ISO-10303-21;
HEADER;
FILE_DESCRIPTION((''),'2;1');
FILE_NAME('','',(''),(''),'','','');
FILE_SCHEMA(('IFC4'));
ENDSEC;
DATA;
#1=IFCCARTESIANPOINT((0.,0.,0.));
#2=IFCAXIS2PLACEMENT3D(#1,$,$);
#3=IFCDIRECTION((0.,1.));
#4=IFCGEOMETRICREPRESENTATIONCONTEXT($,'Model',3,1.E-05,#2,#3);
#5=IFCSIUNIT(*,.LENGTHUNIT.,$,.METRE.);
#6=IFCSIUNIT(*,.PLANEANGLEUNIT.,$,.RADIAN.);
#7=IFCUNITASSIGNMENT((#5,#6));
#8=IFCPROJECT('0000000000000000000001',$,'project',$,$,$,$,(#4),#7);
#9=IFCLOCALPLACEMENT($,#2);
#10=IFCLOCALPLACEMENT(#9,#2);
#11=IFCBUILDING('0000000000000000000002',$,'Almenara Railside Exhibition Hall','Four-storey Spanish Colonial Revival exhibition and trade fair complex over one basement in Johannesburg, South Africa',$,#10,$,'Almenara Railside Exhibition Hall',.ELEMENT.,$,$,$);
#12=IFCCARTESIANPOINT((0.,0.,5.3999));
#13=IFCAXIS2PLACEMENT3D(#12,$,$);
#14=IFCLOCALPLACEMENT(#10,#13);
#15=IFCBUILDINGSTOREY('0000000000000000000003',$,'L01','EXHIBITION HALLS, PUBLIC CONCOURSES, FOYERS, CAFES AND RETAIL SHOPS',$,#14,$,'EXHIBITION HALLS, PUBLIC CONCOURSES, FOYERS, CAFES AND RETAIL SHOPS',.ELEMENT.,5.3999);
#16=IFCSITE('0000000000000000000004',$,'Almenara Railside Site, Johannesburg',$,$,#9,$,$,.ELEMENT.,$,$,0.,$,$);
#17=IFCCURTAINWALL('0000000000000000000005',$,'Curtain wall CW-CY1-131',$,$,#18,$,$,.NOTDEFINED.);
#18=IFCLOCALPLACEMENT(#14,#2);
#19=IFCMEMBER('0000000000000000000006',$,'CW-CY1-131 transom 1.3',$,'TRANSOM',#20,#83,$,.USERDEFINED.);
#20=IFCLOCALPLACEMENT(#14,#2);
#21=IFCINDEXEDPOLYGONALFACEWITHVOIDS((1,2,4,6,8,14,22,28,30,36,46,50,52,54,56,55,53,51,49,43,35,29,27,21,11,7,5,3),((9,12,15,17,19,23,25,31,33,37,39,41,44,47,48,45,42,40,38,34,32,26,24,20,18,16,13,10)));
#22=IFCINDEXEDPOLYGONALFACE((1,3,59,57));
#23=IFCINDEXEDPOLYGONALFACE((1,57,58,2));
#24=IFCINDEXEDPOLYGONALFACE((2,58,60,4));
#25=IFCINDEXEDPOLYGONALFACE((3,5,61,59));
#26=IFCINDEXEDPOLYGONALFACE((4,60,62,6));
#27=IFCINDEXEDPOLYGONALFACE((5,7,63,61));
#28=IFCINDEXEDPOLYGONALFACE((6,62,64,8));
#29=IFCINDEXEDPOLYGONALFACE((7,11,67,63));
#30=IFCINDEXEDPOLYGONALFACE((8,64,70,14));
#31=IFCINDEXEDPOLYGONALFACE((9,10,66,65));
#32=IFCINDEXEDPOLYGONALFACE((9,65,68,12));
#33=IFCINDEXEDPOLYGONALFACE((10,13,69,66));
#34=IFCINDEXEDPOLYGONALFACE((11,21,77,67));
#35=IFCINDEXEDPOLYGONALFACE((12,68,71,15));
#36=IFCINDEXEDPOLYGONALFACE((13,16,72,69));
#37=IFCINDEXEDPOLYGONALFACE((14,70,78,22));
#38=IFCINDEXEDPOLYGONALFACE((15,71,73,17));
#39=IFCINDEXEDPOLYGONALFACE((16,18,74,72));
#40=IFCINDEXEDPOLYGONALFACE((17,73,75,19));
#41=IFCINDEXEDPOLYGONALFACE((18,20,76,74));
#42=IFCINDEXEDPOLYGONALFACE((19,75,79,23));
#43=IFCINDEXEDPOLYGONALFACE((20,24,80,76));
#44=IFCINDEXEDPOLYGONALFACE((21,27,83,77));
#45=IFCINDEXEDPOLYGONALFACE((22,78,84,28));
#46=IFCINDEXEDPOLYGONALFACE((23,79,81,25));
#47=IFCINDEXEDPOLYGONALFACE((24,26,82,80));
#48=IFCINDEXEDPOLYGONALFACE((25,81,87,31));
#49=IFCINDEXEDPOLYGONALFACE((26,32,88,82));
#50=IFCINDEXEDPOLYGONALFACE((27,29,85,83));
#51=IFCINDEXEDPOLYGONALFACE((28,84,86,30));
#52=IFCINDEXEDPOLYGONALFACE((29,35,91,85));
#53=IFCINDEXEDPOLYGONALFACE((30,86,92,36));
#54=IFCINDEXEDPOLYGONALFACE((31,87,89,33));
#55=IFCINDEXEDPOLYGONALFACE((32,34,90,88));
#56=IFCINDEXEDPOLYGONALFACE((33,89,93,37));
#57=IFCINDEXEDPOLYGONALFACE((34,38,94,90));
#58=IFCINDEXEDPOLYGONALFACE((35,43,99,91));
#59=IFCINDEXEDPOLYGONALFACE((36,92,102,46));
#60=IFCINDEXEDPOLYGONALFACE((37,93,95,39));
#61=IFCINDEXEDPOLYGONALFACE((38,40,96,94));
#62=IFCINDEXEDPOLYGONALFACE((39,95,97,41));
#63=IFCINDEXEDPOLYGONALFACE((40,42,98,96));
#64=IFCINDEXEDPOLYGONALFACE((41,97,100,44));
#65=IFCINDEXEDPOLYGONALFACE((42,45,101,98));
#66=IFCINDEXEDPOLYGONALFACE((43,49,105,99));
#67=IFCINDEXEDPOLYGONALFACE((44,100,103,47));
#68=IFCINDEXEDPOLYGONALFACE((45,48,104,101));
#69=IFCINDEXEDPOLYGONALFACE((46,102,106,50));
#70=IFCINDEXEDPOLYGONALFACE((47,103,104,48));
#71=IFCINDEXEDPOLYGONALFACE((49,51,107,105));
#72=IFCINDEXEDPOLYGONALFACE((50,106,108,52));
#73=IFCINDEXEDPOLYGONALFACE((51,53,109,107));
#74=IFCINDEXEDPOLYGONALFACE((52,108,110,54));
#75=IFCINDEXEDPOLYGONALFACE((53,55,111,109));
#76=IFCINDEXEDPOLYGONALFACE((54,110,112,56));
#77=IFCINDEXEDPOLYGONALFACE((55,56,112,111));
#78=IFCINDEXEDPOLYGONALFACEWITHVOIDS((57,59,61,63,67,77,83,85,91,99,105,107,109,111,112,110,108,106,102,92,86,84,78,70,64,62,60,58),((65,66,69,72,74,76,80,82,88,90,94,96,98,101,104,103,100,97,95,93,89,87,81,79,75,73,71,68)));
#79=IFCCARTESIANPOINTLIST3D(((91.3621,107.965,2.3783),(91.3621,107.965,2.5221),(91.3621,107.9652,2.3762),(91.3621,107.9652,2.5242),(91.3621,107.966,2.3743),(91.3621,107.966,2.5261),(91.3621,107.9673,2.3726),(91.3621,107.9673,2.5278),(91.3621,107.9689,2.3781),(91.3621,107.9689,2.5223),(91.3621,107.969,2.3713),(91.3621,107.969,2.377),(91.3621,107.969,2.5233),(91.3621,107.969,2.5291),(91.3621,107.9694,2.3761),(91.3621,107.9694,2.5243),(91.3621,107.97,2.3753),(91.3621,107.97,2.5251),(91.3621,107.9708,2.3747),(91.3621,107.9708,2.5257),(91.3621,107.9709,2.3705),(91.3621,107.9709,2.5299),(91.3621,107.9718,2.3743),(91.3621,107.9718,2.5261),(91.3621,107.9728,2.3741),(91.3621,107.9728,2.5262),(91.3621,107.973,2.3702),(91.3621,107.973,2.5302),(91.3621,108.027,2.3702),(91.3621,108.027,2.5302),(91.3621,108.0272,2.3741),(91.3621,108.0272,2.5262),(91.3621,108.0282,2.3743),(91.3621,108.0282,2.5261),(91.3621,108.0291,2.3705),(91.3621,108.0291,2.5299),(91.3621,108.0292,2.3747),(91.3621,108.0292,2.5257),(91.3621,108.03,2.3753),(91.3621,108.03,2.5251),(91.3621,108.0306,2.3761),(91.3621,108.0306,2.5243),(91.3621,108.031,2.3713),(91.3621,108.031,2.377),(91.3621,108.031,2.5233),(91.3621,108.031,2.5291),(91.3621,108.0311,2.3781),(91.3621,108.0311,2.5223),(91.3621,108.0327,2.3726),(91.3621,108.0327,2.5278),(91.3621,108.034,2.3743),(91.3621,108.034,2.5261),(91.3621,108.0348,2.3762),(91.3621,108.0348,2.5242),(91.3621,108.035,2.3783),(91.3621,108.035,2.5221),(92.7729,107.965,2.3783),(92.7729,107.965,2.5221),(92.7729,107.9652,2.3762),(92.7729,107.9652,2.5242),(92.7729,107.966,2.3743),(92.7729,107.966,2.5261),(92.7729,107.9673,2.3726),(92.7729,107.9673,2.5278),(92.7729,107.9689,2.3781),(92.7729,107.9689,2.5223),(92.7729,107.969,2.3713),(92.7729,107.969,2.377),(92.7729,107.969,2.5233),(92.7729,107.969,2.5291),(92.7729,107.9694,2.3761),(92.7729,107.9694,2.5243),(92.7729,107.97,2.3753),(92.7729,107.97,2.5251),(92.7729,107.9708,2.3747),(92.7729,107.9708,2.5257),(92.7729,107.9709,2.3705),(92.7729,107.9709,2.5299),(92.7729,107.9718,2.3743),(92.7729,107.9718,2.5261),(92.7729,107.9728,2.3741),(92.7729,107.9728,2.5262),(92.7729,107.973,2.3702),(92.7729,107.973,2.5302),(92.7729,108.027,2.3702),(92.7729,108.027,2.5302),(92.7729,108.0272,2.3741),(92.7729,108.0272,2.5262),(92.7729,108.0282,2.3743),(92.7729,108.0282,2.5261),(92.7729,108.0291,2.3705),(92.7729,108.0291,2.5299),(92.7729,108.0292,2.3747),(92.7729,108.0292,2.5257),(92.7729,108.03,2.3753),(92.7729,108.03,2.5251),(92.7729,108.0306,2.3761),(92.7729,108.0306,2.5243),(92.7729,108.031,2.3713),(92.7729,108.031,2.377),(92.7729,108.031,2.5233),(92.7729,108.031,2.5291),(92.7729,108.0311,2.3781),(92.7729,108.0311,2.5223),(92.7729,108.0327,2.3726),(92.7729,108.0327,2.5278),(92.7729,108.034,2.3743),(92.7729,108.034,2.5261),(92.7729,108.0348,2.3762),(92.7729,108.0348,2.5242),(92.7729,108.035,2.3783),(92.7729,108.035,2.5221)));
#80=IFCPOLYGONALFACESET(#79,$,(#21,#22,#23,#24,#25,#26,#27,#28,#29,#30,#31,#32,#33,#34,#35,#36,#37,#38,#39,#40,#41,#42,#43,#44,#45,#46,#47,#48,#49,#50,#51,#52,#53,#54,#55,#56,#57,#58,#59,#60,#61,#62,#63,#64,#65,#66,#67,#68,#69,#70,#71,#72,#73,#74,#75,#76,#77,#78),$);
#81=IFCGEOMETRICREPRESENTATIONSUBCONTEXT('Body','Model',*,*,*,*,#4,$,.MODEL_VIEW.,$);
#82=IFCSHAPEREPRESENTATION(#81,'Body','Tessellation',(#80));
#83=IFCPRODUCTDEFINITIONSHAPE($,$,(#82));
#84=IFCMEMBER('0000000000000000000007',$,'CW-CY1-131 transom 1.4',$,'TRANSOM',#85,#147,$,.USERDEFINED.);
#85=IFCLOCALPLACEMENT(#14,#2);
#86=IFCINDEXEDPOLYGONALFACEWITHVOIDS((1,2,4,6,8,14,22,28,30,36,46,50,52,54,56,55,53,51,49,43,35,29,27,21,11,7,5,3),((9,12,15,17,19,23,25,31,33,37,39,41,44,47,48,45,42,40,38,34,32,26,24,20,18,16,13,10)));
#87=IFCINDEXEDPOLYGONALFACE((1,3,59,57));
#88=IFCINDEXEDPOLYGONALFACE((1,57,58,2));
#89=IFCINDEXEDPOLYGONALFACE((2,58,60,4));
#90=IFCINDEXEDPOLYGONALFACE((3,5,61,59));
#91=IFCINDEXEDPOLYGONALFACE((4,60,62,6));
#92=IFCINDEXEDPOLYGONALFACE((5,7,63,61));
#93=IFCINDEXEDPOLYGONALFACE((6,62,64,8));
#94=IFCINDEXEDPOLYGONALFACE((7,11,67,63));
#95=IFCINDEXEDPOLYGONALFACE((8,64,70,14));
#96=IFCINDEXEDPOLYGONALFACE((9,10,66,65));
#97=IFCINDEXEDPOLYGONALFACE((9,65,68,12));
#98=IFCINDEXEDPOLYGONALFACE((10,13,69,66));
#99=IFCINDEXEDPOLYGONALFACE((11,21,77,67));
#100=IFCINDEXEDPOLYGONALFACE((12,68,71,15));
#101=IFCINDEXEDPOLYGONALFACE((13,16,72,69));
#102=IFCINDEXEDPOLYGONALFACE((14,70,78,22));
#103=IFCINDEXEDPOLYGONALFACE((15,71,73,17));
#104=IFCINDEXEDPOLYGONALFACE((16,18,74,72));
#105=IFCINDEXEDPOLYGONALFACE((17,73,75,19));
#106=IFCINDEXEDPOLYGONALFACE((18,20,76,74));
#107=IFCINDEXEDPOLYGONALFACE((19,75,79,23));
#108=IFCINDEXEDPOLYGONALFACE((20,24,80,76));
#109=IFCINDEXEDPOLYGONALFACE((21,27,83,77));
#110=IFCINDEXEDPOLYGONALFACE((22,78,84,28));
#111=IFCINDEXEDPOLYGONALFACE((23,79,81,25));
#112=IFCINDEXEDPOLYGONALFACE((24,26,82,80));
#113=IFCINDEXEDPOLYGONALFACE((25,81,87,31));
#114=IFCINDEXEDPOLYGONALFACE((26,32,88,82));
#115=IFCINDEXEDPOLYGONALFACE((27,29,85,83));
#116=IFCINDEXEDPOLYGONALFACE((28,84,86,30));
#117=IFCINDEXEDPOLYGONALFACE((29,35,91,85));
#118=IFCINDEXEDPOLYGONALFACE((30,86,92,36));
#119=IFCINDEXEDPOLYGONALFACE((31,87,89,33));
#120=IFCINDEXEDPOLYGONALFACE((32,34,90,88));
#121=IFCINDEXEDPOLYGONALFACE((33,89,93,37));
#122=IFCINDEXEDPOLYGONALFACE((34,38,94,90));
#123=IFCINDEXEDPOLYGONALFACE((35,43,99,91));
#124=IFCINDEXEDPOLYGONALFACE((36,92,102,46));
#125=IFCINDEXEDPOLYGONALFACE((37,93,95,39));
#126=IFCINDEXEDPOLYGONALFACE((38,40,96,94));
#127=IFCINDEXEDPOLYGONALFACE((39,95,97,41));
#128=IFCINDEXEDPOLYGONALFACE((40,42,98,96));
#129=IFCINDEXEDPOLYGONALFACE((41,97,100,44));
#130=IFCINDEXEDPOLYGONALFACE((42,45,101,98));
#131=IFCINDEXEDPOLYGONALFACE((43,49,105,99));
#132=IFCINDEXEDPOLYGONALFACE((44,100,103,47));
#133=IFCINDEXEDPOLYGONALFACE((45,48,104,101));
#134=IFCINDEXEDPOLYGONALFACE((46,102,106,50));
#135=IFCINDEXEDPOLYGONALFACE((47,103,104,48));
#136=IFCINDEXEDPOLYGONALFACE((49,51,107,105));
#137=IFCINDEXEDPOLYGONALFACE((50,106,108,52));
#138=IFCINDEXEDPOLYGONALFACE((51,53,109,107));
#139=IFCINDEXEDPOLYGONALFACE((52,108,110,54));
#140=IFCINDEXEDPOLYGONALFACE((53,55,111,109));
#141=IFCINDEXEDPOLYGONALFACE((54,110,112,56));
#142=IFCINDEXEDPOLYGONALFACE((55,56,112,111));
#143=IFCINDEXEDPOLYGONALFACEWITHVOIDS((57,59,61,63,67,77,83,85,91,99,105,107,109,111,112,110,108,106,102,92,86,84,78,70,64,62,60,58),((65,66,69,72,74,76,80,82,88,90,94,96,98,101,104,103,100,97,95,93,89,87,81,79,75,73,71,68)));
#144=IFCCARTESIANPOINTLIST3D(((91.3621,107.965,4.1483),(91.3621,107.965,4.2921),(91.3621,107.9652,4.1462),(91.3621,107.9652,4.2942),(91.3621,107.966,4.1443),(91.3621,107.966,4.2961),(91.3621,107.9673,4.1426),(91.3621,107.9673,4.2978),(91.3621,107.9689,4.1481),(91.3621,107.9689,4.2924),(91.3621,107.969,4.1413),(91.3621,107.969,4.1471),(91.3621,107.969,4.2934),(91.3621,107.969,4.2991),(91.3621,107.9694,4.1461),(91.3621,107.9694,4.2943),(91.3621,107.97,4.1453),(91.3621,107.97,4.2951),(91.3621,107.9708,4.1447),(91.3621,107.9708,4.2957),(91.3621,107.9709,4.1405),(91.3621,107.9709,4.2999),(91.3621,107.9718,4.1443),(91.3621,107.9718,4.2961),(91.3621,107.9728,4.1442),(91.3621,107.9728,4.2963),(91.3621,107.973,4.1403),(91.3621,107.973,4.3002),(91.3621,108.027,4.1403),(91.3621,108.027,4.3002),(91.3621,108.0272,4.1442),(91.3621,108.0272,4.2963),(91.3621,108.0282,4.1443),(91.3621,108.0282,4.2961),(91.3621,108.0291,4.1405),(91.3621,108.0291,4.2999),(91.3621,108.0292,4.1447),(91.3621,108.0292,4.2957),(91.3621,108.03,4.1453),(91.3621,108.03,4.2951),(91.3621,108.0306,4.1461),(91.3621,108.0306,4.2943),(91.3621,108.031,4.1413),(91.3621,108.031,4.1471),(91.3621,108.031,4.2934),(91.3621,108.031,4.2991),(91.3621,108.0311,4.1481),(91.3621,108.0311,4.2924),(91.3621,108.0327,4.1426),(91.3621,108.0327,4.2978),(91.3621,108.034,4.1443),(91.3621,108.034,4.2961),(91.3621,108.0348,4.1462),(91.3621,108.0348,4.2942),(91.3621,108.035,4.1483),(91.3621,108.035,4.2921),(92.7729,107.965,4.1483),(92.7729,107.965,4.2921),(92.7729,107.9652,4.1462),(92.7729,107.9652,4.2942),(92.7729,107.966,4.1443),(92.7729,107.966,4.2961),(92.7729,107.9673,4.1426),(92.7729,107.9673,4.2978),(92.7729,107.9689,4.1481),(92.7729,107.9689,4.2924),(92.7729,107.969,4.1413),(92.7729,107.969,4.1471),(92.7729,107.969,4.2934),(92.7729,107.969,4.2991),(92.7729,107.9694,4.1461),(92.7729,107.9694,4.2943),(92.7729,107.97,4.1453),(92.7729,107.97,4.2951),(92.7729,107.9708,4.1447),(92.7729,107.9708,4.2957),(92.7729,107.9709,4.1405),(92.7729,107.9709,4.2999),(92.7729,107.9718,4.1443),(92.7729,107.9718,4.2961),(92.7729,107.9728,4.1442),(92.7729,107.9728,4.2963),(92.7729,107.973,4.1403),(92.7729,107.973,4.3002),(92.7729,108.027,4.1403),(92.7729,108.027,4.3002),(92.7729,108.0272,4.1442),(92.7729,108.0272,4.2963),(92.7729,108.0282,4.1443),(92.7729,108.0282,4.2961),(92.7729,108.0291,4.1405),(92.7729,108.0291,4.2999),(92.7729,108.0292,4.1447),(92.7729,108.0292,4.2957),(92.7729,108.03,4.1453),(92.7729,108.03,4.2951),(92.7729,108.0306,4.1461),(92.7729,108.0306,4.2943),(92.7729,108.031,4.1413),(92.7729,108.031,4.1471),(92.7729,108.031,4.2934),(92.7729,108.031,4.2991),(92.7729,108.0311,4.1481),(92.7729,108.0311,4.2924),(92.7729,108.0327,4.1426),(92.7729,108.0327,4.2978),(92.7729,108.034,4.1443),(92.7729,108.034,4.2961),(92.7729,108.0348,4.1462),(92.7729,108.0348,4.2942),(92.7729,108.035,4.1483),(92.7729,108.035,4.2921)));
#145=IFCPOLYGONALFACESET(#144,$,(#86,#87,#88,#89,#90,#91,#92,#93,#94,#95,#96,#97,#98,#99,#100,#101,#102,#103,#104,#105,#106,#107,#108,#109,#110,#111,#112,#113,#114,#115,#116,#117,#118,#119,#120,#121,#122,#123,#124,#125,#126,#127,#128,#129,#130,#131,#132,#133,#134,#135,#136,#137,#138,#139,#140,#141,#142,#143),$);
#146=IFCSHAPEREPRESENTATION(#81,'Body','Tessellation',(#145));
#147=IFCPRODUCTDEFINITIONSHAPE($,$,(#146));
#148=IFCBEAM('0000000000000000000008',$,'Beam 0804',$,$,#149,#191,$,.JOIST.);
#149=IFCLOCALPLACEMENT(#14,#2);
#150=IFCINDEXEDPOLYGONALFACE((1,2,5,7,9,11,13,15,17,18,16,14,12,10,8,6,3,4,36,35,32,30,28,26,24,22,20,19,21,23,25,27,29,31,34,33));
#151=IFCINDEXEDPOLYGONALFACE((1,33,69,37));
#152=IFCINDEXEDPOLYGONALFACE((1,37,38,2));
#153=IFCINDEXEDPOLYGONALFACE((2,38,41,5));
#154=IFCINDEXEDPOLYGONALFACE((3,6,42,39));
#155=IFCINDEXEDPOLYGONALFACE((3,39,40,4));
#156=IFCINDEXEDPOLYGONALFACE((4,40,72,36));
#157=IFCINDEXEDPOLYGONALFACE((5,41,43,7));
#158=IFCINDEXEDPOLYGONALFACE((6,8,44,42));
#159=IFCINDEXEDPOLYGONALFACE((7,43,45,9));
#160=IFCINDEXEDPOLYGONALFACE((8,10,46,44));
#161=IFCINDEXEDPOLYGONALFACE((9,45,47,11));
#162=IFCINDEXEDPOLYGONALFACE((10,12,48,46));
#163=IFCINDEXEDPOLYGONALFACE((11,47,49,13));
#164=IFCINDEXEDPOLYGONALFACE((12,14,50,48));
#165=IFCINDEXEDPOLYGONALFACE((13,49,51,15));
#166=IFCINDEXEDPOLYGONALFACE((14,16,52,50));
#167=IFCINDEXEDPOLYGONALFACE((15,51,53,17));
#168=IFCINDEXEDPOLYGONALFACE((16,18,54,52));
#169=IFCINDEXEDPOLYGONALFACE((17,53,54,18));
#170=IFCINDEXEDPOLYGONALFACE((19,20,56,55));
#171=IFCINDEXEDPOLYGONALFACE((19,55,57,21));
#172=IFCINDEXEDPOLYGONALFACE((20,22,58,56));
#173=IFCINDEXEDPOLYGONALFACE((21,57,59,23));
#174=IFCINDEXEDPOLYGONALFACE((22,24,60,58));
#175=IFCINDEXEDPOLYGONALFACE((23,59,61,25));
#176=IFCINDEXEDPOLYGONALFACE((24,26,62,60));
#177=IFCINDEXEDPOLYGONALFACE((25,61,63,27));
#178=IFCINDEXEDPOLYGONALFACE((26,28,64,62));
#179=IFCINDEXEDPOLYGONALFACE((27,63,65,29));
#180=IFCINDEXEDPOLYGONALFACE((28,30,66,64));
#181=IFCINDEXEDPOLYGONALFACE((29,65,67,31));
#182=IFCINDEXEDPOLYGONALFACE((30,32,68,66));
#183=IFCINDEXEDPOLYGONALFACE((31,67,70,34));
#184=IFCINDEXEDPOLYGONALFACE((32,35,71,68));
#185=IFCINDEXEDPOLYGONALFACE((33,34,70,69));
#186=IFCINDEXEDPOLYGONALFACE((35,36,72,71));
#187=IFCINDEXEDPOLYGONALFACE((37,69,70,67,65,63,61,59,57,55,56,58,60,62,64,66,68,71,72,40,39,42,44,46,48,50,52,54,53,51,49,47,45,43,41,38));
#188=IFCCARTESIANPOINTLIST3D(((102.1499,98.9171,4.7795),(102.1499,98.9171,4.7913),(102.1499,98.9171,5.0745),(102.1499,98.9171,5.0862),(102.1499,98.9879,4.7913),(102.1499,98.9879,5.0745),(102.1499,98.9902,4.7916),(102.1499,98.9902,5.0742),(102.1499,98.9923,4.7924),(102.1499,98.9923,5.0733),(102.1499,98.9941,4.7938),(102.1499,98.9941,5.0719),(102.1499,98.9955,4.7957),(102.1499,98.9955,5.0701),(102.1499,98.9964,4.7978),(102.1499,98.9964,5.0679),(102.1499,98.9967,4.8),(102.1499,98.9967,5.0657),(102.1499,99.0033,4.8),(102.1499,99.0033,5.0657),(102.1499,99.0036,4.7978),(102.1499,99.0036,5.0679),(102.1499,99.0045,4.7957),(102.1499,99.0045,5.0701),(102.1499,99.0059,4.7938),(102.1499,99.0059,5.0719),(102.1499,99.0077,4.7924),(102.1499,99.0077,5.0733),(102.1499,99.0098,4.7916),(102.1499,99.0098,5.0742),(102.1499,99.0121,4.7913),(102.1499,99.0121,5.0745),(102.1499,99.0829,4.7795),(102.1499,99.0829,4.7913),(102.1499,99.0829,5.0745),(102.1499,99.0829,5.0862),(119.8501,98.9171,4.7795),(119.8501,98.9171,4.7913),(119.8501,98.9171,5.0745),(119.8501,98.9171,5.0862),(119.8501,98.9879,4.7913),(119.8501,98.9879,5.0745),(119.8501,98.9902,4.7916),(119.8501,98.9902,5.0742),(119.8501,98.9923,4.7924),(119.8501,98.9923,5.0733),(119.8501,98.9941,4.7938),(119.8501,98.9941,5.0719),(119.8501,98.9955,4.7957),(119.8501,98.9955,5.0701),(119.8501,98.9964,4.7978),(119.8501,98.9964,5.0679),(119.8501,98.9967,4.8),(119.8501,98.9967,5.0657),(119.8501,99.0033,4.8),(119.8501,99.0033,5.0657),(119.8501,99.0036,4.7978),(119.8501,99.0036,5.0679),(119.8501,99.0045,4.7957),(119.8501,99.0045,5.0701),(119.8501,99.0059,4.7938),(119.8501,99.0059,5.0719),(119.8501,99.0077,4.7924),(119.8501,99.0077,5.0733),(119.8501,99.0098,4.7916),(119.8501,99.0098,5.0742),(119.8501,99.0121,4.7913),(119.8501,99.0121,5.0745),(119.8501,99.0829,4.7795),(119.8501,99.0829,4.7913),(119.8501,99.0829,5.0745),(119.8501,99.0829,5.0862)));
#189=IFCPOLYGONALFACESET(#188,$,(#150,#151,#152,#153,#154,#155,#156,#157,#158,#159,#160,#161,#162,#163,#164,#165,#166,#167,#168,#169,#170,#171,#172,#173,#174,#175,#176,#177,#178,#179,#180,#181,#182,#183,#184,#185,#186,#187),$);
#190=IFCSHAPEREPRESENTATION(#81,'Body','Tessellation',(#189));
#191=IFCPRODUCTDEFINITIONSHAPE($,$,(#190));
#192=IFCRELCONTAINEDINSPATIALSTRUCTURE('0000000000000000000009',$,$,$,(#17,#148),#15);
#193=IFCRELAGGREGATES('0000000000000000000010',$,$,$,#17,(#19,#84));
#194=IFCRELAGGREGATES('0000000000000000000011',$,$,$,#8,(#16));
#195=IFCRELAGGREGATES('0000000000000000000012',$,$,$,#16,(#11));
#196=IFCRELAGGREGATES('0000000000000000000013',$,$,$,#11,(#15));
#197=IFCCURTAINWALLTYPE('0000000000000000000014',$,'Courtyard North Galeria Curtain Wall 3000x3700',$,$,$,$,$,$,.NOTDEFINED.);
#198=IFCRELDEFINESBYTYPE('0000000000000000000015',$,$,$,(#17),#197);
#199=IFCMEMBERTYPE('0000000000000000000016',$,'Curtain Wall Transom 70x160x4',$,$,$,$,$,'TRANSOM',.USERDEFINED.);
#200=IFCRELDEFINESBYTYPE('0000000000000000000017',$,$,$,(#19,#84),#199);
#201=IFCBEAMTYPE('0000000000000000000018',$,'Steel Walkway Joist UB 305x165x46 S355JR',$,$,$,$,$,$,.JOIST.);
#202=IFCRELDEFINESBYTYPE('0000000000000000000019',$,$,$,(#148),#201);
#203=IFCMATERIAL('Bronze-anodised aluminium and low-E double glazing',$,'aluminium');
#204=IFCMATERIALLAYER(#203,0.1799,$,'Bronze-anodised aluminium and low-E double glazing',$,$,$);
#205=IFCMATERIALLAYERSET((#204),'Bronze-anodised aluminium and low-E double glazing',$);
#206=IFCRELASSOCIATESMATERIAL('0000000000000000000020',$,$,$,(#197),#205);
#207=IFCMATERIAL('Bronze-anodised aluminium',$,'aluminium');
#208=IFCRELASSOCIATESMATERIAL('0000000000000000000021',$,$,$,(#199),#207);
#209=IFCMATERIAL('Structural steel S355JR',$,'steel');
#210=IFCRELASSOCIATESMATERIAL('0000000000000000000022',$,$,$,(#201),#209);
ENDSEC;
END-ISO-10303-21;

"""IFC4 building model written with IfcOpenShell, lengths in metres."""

from ifc_helpers import new_model, si_unit, direction, frame, origin, origin_2d, place, context, subcontext, project, spatial, hollow_rectangle, i_section, extrude, material, layer, layer_set, material_profile, profile_set, type_object, element, aggregate, save


model = new_model("IFC4")

# Units and contexts
model_context = context("Model", 3, precision=1e-05, world=origin(), true_north=direction((0.0, 1.0)))
body_context = subcontext(model_context, "Body", "Model", "MODEL_VIEW")
ifc_project = project(units=[si_unit("LENGTHUNIT", "METRE"), si_unit("PLANEANGLEUNIT", "RADIAN")], contexts=[model_context])

# Site, building, storey
site_placement = place(None, origin())
site = spatial("IfcSite", under=ifc_project, at=site_placement, Name="Almenara Railside Site, Johannesburg", CompositionType="ELEMENT", RefElevation=0.0)
building_placement = place(site_placement, origin())
building = spatial("IfcBuilding", under=site, at=building_placement, Name="Almenara Railside Exhibition Hall", Description="Four-storey Spanish Colonial Revival exhibition and trade fair complex over one basement in Johannesburg, South Africa", LongName="Almenara Railside Exhibition Hall", CompositionType="ELEMENT")
storey_placement = place(building_placement, frame((0.0, 0.0, 5.3999)))
storey = spatial("IfcBuildingStorey", under=building, at=storey_placement, Name="L01", Description="EXHIBITION HALLS, PUBLIC CONCOURSES, FOYERS, CAFES AND RETAIL SHOPS", LongName="EXHIBITION HALLS, PUBLIC CONCOURSES, FOYERS, CAFES AND RETAIL SHOPS", CompositionType="ELEMENT", Elevation=5.3999)

# Shared definitions
ifc_material_1 = material(Name="Bronze-anodised aluminium and low-E double glazing", Category="aluminium")
ifc_material_2 = material(Name="Bronze-anodised aluminium", Category="aluminium")

# Curtain wall
ifc_layer_1 = layer(ifc_material_1, 0.1799, Name="Bronze-anodised aluminium and low-E double glazing")
ifc_layer_set_1 = layer_set([ifc_layer_1], Name="Bronze-anodised aluminium and low-E double glazing")
curtain_wall_type_1 = type_object("IfcCurtainWallType", Name="Courtyard North Galeria Curtain Wall 3000x3700", PredefinedType="NOTDEFINED", material=ifc_layer_set_1)
curtain_wall_1_placement = place(storey_placement, origin())
curtain_wall_1 = element("IfcCurtainWall", 1, at=curtain_wall_1_placement, inside=storey, type_object=curtain_wall_type_1, Name="Curtain wall CW-CY1-131", PredefinedType="NOTDEFINED")

# Members
ifc_material_profile_1 = material_profile(ifc_material_2, hollow_rectangle(XDim=0.0701, YDim=0.1599, WallThickness=0.0039, InnerFilletRadius=0.0039, OuterFilletRadius=0.0081, at=origin_2d()), Name="ALU-TRN 70x160x4")
ifc_profile_set_1 = profile_set([ifc_material_profile_1], Name="Bronze-anodised aluminium")
member_type_1 = type_object("IfcMemberType", Name="Curtain Wall Transom 70x160x4", ElementType="TRANSOM", PredefinedType="USERDEFINED", material=ifc_profile_set_1)
member_1_placement = place(storey_placement, frame((91.3621, 108.0, 2.4502), z_axis=(1.0, 0.0, 0.0), x_axis=(0.0, 1.0, 0.0)))
member_1 = element("IfcMember", 2, at=member_1_placement, type_object=member_type_1, Name="CW-CY1-131 transom 1.3", ObjectType="TRANSOM", PredefinedType="USERDEFINED", context=body_context, shape_type="SweptSolid", body=[
    extrude(hollow_rectangle(XDim=0.0701, YDim=0.1599, WallThickness=0.0039, InnerFilletRadius=0.0039, OuterFilletRadius=0.0081, at=origin_2d()), origin(), (0.0, 0.0, 1.0), 1.4109),
])
member_2_placement = place(storey_placement, frame((91.3621, 108.0, 4.2202), z_axis=(1.0, 0.0, 0.0), x_axis=(0.0, 1.0, 0.0)))
member_2 = element("IfcMember", 3, at=member_2_placement, type_object=member_type_1, Name="CW-CY1-131 transom 1.4", ObjectType="TRANSOM", PredefinedType="USERDEFINED", context=body_context, shape_type="SweptSolid", body=[
    extrude(hollow_rectangle(XDim=0.0701, YDim=0.1599, WallThickness=0.0039, InnerFilletRadius=0.0039, OuterFilletRadius=0.0081, at=origin_2d()), origin(), (0.0, 0.0, 1.0), 1.4109),
])

# Beam
ifc_material_3 = material(Name="Structural steel S355JR", Category="steel")
ifc_material_profile_2 = material_profile(ifc_material_3, i_section(OverallWidth=0.1658, OverallDepth=0.3066, WebThickness=0.0066, FlangeThickness=0.0117, FilletRadius=0.0088, at=origin_2d()), Name="UB 305x165x46")
ifc_profile_set_2 = profile_set([ifc_material_profile_2], Name="Structural steel S355JR")
beam_type = type_object("IfcBeamType", Name="Steel Walkway Joist UB 305x165x46 S355JR", PredefinedType="JOIST", material=ifc_profile_set_2)
beam_placement = place(storey_placement, frame((102.1499, 99.0, 4.9329), z_axis=(1.0, 0.0, 0.0), x_axis=(0.0, 1.0, 0.0)))
element("IfcBeam", 4, at=beam_placement, inside=storey, type_object=beam_type, Name="Beam 0804", PredefinedType="JOIST", context=body_context, shape_type="SweptSolid", body=[
    extrude(i_section(OverallWidth=0.1658, OverallDepth=0.3066, WebThickness=0.0066, FlangeThickness=0.0117, FilletRadius=0.0088, at=origin_2d()), origin(), (0.0, 0.0, 1.0), 17.7002),
])

aggregate(curtain_wall_1, [member_1, member_2])

save(model, "model.ifc")
